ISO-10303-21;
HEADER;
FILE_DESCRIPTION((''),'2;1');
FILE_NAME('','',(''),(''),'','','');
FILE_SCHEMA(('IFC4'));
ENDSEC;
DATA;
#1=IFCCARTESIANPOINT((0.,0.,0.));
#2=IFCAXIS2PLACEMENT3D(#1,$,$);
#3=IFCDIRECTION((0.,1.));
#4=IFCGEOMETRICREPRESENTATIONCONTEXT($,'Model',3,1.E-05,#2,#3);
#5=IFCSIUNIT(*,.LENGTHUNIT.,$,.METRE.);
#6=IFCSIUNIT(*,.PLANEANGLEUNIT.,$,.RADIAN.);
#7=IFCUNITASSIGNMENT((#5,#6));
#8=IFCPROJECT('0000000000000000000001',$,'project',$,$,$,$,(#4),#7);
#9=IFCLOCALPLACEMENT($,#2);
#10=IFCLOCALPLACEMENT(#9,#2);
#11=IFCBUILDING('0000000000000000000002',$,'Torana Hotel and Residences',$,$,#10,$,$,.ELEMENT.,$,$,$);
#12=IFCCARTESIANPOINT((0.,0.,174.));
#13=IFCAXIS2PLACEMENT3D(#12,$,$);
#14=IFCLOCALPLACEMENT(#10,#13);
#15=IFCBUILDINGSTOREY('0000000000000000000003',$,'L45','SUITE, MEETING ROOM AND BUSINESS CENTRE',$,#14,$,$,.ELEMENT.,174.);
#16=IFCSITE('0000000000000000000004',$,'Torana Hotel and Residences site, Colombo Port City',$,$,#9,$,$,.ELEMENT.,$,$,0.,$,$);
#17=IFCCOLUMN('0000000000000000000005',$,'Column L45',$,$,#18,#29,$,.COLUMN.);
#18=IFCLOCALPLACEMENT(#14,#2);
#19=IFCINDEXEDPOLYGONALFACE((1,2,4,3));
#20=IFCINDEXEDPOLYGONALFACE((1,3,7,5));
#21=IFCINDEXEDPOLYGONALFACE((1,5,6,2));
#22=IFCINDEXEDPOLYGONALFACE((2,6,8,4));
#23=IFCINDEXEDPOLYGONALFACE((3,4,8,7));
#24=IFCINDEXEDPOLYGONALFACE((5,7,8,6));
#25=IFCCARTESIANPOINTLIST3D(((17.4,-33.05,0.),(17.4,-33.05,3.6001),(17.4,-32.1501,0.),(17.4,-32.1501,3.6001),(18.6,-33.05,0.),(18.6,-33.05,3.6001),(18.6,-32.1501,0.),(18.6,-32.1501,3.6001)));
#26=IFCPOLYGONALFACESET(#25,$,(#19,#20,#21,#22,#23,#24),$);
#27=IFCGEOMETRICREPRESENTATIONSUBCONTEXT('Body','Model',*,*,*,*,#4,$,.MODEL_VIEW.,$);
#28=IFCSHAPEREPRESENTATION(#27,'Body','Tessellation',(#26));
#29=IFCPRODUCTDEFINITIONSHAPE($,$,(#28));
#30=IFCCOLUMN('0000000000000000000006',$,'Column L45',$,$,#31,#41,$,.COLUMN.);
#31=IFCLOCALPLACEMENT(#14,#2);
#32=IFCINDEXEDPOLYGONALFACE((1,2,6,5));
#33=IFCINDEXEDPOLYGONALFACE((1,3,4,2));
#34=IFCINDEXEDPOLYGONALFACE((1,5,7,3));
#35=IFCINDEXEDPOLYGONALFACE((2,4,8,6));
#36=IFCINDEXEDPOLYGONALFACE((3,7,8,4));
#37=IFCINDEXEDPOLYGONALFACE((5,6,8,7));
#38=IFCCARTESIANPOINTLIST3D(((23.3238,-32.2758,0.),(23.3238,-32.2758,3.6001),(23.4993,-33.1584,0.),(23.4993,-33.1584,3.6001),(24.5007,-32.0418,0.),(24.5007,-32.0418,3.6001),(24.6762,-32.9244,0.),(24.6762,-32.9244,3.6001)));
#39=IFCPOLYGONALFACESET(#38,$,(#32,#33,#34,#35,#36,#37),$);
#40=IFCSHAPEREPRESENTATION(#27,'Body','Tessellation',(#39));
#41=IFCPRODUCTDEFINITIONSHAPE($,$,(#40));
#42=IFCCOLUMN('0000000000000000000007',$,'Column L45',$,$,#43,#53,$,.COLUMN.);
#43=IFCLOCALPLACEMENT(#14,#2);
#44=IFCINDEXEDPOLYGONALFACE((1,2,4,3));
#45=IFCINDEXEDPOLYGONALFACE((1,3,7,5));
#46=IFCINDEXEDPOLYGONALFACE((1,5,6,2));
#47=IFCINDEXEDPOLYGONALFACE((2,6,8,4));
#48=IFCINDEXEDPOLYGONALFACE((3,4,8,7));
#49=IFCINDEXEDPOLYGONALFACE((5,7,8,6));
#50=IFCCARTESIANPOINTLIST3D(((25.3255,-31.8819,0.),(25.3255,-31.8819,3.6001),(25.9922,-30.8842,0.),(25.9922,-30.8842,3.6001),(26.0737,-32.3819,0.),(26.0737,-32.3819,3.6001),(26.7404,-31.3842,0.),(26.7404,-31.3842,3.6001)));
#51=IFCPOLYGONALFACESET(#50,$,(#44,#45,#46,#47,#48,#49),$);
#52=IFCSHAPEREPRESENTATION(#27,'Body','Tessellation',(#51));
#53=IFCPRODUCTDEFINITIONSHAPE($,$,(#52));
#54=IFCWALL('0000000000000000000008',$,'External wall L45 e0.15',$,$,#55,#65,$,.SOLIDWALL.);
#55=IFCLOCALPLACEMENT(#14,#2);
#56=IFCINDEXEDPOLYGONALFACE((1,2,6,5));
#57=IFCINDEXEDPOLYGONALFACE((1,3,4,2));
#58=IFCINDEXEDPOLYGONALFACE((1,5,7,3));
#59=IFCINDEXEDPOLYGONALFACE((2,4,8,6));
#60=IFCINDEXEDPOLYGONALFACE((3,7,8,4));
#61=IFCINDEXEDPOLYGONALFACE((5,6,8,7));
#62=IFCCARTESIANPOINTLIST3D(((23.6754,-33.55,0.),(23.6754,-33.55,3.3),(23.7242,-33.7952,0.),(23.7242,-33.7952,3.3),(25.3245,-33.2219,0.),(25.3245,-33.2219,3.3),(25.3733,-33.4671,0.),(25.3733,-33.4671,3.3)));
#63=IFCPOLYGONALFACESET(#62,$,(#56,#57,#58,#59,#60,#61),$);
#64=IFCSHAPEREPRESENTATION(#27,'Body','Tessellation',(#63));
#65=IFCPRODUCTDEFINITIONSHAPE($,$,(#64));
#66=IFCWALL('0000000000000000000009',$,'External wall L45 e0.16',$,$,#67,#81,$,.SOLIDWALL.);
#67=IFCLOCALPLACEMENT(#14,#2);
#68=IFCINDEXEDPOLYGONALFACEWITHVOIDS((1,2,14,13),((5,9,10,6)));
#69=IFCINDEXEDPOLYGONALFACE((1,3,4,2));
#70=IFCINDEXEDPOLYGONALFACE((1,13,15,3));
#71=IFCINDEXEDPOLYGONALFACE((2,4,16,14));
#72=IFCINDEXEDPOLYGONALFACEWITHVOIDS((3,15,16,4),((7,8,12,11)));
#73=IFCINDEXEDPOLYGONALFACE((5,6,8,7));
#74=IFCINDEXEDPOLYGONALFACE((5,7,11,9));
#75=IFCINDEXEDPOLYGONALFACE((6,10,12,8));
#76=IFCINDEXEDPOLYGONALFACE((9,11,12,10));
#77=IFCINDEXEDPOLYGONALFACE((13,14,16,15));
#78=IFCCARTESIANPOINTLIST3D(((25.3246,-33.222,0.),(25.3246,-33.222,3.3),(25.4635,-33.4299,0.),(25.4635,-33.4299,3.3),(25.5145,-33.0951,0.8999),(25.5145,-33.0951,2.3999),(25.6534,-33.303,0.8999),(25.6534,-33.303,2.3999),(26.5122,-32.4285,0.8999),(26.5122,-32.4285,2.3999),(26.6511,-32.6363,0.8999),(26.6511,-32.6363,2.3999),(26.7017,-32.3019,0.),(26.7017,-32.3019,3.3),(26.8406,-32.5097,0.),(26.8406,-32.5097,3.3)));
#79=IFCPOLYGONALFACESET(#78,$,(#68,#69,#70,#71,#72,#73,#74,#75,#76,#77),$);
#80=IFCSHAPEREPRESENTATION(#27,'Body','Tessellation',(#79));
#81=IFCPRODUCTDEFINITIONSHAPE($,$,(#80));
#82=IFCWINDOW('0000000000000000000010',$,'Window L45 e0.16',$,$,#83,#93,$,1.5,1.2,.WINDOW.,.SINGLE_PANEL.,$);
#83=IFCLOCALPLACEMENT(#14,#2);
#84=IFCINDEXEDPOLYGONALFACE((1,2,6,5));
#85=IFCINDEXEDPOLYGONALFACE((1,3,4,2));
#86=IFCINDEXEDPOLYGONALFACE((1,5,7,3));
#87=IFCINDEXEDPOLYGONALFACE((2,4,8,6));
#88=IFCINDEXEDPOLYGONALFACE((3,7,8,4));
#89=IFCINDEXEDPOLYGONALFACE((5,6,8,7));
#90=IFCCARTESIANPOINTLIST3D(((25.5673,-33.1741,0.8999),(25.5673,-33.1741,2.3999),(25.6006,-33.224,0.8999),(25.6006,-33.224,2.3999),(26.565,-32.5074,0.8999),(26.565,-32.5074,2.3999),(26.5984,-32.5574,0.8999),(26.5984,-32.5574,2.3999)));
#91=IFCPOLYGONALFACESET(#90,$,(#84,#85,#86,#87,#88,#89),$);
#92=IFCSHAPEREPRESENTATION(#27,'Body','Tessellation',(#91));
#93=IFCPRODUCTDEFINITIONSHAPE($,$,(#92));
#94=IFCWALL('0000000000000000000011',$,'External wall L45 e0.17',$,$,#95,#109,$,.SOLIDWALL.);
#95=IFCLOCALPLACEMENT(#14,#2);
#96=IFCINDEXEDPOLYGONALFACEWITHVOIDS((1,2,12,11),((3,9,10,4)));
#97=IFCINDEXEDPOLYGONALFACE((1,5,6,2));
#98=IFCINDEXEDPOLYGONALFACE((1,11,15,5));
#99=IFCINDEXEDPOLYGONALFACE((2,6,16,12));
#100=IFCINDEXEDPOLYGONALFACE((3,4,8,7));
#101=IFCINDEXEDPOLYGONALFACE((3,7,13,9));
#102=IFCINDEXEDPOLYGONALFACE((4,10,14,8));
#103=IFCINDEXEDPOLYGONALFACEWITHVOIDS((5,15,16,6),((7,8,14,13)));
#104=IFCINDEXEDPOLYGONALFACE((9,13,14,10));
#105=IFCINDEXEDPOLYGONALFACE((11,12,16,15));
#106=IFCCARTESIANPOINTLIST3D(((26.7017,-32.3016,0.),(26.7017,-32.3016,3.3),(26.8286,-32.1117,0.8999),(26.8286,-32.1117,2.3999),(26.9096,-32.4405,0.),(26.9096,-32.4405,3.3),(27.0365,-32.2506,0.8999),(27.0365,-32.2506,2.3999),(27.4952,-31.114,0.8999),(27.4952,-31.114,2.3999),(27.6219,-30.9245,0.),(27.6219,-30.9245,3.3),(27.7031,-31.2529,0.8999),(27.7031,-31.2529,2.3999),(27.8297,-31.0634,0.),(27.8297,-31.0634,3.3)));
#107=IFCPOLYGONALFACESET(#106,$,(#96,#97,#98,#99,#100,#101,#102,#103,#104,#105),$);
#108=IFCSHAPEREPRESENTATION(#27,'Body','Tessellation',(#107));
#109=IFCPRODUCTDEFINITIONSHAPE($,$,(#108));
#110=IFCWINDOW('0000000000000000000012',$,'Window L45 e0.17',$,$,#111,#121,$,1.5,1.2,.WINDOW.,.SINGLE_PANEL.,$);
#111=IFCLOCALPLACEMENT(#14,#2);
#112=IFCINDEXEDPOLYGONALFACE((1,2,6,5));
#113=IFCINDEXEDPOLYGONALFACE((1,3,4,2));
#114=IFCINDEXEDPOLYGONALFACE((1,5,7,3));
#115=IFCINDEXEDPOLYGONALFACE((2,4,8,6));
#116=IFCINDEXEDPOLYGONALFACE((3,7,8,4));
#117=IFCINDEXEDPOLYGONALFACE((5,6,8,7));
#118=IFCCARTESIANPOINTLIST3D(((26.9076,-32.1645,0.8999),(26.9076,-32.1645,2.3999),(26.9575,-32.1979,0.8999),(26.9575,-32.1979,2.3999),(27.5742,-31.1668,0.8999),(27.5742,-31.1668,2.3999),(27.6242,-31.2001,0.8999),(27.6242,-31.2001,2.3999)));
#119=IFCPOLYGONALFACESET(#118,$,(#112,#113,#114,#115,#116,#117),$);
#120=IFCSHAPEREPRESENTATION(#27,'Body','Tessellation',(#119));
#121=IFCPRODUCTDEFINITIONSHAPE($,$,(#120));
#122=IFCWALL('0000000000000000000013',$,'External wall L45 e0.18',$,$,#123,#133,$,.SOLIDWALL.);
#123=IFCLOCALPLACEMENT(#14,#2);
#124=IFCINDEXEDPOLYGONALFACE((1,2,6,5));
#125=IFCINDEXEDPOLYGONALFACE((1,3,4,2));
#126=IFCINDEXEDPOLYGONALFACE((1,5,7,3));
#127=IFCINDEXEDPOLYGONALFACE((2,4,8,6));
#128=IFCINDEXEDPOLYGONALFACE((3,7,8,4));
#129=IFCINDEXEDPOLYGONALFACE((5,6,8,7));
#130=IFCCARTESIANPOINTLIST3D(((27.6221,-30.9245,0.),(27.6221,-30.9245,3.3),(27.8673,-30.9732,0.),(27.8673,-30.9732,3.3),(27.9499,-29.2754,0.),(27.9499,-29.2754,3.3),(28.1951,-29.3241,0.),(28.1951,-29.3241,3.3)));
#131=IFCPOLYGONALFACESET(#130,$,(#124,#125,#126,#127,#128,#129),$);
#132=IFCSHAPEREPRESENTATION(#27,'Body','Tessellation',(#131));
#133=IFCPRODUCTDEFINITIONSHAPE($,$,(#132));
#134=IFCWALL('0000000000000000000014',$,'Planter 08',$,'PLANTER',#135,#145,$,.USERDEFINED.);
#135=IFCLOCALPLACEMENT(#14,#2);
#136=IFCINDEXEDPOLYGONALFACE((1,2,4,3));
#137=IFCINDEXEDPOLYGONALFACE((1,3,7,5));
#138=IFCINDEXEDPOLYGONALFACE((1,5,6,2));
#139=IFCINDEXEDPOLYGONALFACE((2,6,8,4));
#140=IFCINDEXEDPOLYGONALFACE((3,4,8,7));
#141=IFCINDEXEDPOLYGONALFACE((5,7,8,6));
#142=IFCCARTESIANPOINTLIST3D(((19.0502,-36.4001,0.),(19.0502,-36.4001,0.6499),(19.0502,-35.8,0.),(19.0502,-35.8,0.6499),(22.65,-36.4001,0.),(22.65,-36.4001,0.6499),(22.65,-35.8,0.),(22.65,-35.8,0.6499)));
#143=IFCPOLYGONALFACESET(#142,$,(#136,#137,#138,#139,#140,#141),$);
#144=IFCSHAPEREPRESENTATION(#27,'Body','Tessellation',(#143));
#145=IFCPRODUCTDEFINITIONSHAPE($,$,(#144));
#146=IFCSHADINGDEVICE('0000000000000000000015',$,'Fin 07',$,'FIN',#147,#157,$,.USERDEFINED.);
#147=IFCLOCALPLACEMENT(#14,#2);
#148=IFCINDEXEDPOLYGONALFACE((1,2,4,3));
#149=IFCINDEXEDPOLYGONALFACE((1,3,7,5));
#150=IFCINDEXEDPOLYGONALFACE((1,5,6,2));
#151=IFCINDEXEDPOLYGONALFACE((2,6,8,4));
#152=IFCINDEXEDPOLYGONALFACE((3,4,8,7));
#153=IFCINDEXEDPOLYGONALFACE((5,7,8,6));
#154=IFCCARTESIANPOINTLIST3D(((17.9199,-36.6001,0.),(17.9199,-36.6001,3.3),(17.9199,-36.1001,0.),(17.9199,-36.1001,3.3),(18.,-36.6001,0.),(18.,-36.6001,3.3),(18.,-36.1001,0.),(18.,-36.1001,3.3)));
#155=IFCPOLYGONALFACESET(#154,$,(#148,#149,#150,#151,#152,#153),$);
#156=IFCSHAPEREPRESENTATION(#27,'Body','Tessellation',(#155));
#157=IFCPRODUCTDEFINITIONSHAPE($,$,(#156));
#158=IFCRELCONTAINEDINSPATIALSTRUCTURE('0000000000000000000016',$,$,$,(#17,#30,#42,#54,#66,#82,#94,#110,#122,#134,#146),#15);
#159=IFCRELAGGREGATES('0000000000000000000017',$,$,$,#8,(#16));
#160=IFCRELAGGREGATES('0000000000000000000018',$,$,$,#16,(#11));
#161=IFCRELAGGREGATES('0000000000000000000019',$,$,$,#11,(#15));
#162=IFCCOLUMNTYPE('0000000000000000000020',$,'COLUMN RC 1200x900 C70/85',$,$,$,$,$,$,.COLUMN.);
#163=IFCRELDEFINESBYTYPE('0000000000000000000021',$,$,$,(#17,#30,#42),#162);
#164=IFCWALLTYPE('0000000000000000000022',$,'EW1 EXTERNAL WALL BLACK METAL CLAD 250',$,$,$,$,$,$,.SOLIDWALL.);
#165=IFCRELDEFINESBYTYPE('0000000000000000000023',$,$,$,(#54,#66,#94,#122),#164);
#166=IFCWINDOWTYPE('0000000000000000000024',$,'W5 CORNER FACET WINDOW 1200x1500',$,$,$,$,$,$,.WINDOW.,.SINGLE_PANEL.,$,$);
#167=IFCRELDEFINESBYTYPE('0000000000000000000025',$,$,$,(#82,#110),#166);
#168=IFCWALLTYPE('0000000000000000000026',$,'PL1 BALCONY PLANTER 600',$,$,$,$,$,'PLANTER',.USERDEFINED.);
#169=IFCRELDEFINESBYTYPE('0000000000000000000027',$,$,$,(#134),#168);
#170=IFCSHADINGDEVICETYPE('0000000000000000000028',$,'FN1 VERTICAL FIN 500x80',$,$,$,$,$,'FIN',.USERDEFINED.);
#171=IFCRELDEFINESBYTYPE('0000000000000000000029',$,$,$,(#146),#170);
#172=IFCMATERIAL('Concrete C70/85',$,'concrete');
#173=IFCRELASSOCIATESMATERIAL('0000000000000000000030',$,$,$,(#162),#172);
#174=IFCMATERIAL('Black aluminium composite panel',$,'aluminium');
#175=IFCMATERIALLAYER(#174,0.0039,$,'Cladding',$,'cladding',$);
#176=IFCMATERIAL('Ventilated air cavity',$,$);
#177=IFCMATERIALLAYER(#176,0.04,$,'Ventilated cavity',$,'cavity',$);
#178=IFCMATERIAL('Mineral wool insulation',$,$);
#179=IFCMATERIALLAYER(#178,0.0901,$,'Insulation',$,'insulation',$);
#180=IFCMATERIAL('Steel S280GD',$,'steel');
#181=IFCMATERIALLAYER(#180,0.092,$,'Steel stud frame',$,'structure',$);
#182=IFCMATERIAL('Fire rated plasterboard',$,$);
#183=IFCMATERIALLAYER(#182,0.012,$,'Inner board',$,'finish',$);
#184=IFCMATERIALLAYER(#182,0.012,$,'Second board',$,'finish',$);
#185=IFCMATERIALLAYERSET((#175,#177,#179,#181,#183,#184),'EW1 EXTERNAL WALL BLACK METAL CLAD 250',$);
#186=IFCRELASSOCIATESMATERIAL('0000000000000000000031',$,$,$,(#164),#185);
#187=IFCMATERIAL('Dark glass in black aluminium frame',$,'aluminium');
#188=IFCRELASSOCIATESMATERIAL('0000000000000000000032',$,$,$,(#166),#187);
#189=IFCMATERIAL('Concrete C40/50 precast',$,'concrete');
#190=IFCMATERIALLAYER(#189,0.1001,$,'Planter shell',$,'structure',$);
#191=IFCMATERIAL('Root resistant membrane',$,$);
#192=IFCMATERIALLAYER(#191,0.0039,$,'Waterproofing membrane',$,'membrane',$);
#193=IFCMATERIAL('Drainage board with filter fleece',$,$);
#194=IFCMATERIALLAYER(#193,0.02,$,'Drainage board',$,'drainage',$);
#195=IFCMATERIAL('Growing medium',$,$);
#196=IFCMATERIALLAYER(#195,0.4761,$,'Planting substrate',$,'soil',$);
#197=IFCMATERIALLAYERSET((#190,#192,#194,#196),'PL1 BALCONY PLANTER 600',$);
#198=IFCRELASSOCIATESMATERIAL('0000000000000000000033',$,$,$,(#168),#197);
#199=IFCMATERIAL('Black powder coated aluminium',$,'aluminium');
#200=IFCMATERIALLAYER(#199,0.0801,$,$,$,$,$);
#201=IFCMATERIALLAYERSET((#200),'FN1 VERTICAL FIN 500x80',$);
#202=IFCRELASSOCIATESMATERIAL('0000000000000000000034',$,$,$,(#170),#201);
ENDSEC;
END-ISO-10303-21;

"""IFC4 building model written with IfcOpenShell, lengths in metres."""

from ifc_helpers import new_model, si_unit, direction, frame, frame_2d, origin, origin_2d, place, context, subcontext, project, spatial, rectangle, extrude, material, layer, layer_set, material_profile, profile_set, type_object, element, fill, save


model = new_model("IFC4")

# Units and contexts
model_context = context("Model", 3, precision=1e-05, world=origin(), true_north=direction((0.0, 1.0)))
body_context = subcontext(model_context, "Body", "Model", "MODEL_VIEW")
ifc_project = project(units=[si_unit("LENGTHUNIT", "METRE"), si_unit("PLANEANGLEUNIT", "RADIAN")], contexts=[model_context])

# Site, building, storey
site_placement = place(None, origin())
site = spatial("IfcSite", under=ifc_project, at=site_placement, Name="Torana Hotel and Residences site, Colombo Port City", CompositionType="ELEMENT", RefElevation=0.0)
building_placement = place(site_placement, origin())
building = spatial("IfcBuilding", under=site, at=building_placement, Name="Torana Hotel and Residences", CompositionType="ELEMENT")
storey_placement = place(building_placement, frame((0.0, 0.0, 174.0)))
storey = spatial("IfcBuildingStorey", under=building, at=storey_placement, Name="L45", Description="SUITE, MEETING ROOM AND BUSINESS CENTRE", CompositionType="ELEMENT", Elevation=174.0)

# Columns
ifc_material_1 = material(Name="Concrete C70/85", Category="concrete")
ifc_material_profile = material_profile(ifc_material_1, rectangle(XDim=1.2, YDim=0.8999, at=origin_2d()), Name="RC 1200x900")
ifc_profile_set = profile_set([ifc_material_profile], Name="Concrete C70/85")
column_type = type_object("IfcColumnType", Name="COLUMN RC 1200x900 C70/85", PredefinedType="COLUMN", material=ifc_profile_set)
for number, where, z_axis, x_axis, name in (
    (1, (18.0, -32.6001, 0.0), (0.0, 0.0, 1.0), (1.0, 0.0, 0.0), "Column L45"),
    (2, (24.0, -32.6001, 0.0), (0.0, 0.0, 1.0), (0.980792, 0.195056, 0.0), "Column L45"),
    (3, (26.033, -31.6331, 0.0), (0.0, 0.0, 1.0), (0.555585, 0.83146, 0.0), "Column L45"),
):
    element("IfcColumn", number, at=place(storey_placement, frame(where, z_axis=z_axis, x_axis=x_axis)), inside=storey, type_object=column_type, Name=name, PredefinedType="COLUMN", context=body_context, shape_type="SweptSolid", body=[
        extrude(rectangle(XDim=1.2, YDim=0.8999, at=origin_2d()), origin(), (0.0, 0.0, 1.0), 3.6001),
    ])

# Wall
ifc_material_2 = material(Name="Black aluminium composite panel", Category="aluminium")
ifc_layer_1 = layer(ifc_material_2, 0.0039, Name="Cladding", Category="cladding")
ifc_material_3 = material(Name="Ventilated air cavity")
ifc_layer_2 = layer(ifc_material_3, 0.04, Name="Ventilated cavity", Category="cavity")
ifc_material_4 = material(Name="Mineral wool insulation")
ifc_layer_3 = layer(ifc_material_4, 0.0901, Name="Insulation", Category="insulation")
ifc_material_5 = material(Name="Steel S280GD", Category="steel")
ifc_layer_4 = layer(ifc_material_5, 0.092, Name="Steel stud frame", Category="structure")
ifc_material_6 = material(Name="Fire rated plasterboard")
ifc_layer_5 = layer(ifc_material_6, 0.012, Name="Inner board", Category="finish")
ifc_layer_6 = layer(ifc_material_6, 0.012, Name="Second board", Category="finish")
ifc_layer_set_1 = layer_set([ifc_layer_1, ifc_layer_2, ifc_layer_3, ifc_layer_4, ifc_layer_5, ifc_layer_6], Name="EW1 EXTERNAL WALL BLACK METAL CLAD 250")
wall_type_1 = type_object("IfcWallType", Name="EW1 EXTERNAL WALL BLACK METAL CLAD 250", PredefinedType="SOLIDWALL", material=ifc_layer_set_1)
wall_1_placement = place(storey_placement, frame((23.6997, -33.6726, 0.0), z_axis=(0.0, 0.0, 1.0), x_axis=(0.980776, 0.195139, 0.0)))
element("IfcWall", 4, at=wall_1_placement, inside=storey, type_object=wall_type_1, Name="External wall L45 e0.15", PredefinedType="SOLIDWALL", context=body_context, shape_type="SweptSolid", body=[
    extrude(rectangle(XDim=1.6814, YDim=0.25, at=frame_2d((0.8408, 0.0))), origin(), (0.0, 0.0, 1.0), 3.3),
])

# Walls, openings, windows
wall_2_placement = place(storey_placement, frame((25.394, -33.3259, 0.0), z_axis=(0.0, 0.0, 1.0), x_axis=(0.831483, 0.55555, 0.0)))
wall_2 = element("IfcWall", 5, at=wall_2_placement, inside=storey, type_object=wall_type_1, Name="External wall L45 e0.16", PredefinedType="SOLIDWALL", context=body_context, shape_type="SweptSolid", body=[
    extrude(rectangle(XDim=1.6562, YDim=0.25, at=frame_2d((0.8281, 0.0))), origin(), (0.0, 0.0, 1.0), 3.3),
])
opening_1_placement = place(wall_2_placement, frame((0.2283, 0.0, 0.8999)))
opening_1 = element("IfcOpeningElement", 6, at=opening_1_placement, cuts=wall_2, PredefinedType="OPENING", context=body_context, shape_type="SweptSolid", body=[
    extrude(rectangle(XDim=1.2, YDim=1.5, at=frame_2d((0.6001, 0.75))), frame((0.0, 0.135, 0.0), z_axis=(0.0, -1.0, 0.0), x_axis=(1.0, 0.0, 0.0)), (0.0, 0.0, 1.0), 0.27),
])
ifc_material_7 = material(Name="Dark glass in black aluminium frame", Category="aluminium")
window_type_1 = type_object("IfcWindowType", Name="W5 CORNER FACET WINDOW 1200x1500", PartitioningType="SINGLE_PANEL", PredefinedType="WINDOW", material=ifc_material_7)
window_1_placement = place(opening_1_placement, origin())
window_1 = element("IfcWindow", 7, at=window_1_placement, inside=storey, type_object=window_type_1, Name="Window L45 e0.16", OverallHeight=1.5, OverallWidth=1.2, PartitioningType="SINGLE_PANEL", PredefinedType="WINDOW", context=body_context, shape_type="SweptSolid", body=[
    extrude(rectangle(XDim=1.2, YDim=1.5, at=frame_2d((0.6001, 0.75))), frame((0.0, 0.03, 0.0), z_axis=(0.0, -1.0, 0.0), x_axis=(1.0, 0.0, 0.0)), (0.0, 0.0, 1.0), 0.0601),
])
fill(opening_1, window_1)
wall_3_placement = place(storey_placement, frame((26.8057, -32.3711, 0.0), z_axis=(0.0, 0.0, 1.0), x_axis=(0.55555, 0.831483, 0.0)))
wall_3 = element("IfcWall", 8, at=wall_3_placement, inside=storey, type_object=wall_type_1, Name="External wall L45 e0.17", PredefinedType="SOLIDWALL", context=body_context, shape_type="SweptSolid", body=[
    extrude(rectangle(XDim=1.6562, YDim=0.25, at=frame_2d((0.8281, 0.0))), origin(), (0.0, 0.0, 1.0), 3.3),
])
opening_2_placement = place(wall_3_placement, frame((0.2283, 0.0, 0.8999)))
opening_2 = element("IfcOpeningElement", 9, at=opening_2_placement, cuts=wall_3, PredefinedType="OPENING", context=body_context, shape_type="SweptSolid", body=[
    extrude(rectangle(XDim=1.2, YDim=1.5, at=frame_2d((0.6001, 0.75))), frame((0.0, 0.135, 0.0), z_axis=(0.0, -1.0, 0.0), x_axis=(1.0, 0.0, 0.0)), (0.0, 0.0, 1.0), 0.27),
])
window_2_placement = place(opening_2_placement, origin())
window_2 = element("IfcWindow", 10, at=window_2_placement, inside=storey, type_object=window_type_1, Name="Window L45 e0.17", OverallHeight=1.5, OverallWidth=1.2, PartitioningType="SINGLE_PANEL", PredefinedType="WINDOW", context=body_context, shape_type="SweptSolid", body=[
    extrude(rectangle(XDim=1.2, YDim=1.5, at=frame_2d((0.6001, 0.75))), frame((0.0, 0.03, 0.0), z_axis=(0.0, -1.0, 0.0), x_axis=(1.0, 0.0, 0.0)), (0.0, 0.0, 1.0), 0.0601),
])
fill(opening_2, window_2)

# Wall
wall_4_placement = place(storey_placement, frame((27.7446, -30.949, 0.0), z_axis=(0.0, 0.0, 1.0), x_axis=(0.194999, 0.980803, 0.0)))
element("IfcWall", 11, at=wall_4_placement, inside=storey, type_object=wall_type_1, Name="External wall L45 e0.18", PredefinedType="SOLIDWALL", context=body_context, shape_type="SweptSolid", body=[
    extrude(rectangle(XDim=1.6814, YDim=0.25, at=frame_2d((0.8408, 0.0))), origin(), (0.0, 0.0, 1.0), 3.3),
])

# Wall
ifc_material_8 = material(Name="Concrete C40/50 precast", Category="concrete")
ifc_layer_7 = layer(ifc_material_8, 0.1001, Name="Planter shell", Category="structure")
ifc_material_9 = material(Name="Root resistant membrane")
ifc_layer_8 = layer(ifc_material_9, 0.0039, Name="Waterproofing membrane", Category="membrane")
ifc_material_10 = material(Name="Drainage board with filter fleece")
ifc_layer_9 = layer(ifc_material_10, 0.02, Name="Drainage board", Category="drainage")
ifc_material_11 = material(Name="Growing medium")
ifc_layer_10 = layer(ifc_material_11, 0.4761, Name="Planting substrate", Category="soil")
ifc_layer_set_2 = layer_set([ifc_layer_7, ifc_layer_8, ifc_layer_9, ifc_layer_10], Name="PL1 BALCONY PLANTER 600")
wall_type_2 = type_object("IfcWallType", Name="PL1 BALCONY PLANTER 600", ElementType="PLANTER", PredefinedType="USERDEFINED", material=ifc_layer_set_2)
wall_5_placement = place(storey_placement, frame((22.6499, -36.1001, 0.0), z_axis=(0.0, 0.0, 1.0), x_axis=(-1.0, 0.0, 0.0)))
element("IfcWall", 12, at=wall_5_placement, inside=storey, type_object=wall_type_2, Name="Planter 08", ObjectType="PLANTER", PredefinedType="USERDEFINED", context=body_context, shape_type="SweptSolid", body=[
    extrude(rectangle(XDim=3.5999, YDim=0.6001, at=frame_2d((1.7998, 0.0))), origin(), (0.0, 0.0, 1.0), 0.6499),
])

# Shading device
ifc_material_12 = material(Name="Black powder coated aluminium", Category="aluminium")
ifc_layer_11 = layer(ifc_material_12, 0.0801)
ifc_layer_set_3 = layer_set([ifc_layer_11], Name="FN1 VERTICAL FIN 500x80")
shading_device_type = type_object("IfcShadingDeviceType", Name="FN1 VERTICAL FIN 500x80", ElementType="FIN", PredefinedType="USERDEFINED", material=ifc_layer_set_3)
shading_device_placement = place(storey_placement, frame((17.96, -36.3501, 0.0), z_axis=(0.0, 0.0, 1.0), x_axis=(-1.0, 0.0, 0.0)))
element("IfcShadingDevice", 13, at=shading_device_placement, inside=storey, type_object=shading_device_type, Name="Fin 07", ObjectType="FIN", PredefinedType="USERDEFINED", context=body_context, shape_type="SweptSolid", body=[
    extrude(rectangle(XDim=0.0801, YDim=0.5, at=origin_2d()), origin(), (0.0, 0.0, 1.0), 3.3),
])

save(model, "model.ifc")
